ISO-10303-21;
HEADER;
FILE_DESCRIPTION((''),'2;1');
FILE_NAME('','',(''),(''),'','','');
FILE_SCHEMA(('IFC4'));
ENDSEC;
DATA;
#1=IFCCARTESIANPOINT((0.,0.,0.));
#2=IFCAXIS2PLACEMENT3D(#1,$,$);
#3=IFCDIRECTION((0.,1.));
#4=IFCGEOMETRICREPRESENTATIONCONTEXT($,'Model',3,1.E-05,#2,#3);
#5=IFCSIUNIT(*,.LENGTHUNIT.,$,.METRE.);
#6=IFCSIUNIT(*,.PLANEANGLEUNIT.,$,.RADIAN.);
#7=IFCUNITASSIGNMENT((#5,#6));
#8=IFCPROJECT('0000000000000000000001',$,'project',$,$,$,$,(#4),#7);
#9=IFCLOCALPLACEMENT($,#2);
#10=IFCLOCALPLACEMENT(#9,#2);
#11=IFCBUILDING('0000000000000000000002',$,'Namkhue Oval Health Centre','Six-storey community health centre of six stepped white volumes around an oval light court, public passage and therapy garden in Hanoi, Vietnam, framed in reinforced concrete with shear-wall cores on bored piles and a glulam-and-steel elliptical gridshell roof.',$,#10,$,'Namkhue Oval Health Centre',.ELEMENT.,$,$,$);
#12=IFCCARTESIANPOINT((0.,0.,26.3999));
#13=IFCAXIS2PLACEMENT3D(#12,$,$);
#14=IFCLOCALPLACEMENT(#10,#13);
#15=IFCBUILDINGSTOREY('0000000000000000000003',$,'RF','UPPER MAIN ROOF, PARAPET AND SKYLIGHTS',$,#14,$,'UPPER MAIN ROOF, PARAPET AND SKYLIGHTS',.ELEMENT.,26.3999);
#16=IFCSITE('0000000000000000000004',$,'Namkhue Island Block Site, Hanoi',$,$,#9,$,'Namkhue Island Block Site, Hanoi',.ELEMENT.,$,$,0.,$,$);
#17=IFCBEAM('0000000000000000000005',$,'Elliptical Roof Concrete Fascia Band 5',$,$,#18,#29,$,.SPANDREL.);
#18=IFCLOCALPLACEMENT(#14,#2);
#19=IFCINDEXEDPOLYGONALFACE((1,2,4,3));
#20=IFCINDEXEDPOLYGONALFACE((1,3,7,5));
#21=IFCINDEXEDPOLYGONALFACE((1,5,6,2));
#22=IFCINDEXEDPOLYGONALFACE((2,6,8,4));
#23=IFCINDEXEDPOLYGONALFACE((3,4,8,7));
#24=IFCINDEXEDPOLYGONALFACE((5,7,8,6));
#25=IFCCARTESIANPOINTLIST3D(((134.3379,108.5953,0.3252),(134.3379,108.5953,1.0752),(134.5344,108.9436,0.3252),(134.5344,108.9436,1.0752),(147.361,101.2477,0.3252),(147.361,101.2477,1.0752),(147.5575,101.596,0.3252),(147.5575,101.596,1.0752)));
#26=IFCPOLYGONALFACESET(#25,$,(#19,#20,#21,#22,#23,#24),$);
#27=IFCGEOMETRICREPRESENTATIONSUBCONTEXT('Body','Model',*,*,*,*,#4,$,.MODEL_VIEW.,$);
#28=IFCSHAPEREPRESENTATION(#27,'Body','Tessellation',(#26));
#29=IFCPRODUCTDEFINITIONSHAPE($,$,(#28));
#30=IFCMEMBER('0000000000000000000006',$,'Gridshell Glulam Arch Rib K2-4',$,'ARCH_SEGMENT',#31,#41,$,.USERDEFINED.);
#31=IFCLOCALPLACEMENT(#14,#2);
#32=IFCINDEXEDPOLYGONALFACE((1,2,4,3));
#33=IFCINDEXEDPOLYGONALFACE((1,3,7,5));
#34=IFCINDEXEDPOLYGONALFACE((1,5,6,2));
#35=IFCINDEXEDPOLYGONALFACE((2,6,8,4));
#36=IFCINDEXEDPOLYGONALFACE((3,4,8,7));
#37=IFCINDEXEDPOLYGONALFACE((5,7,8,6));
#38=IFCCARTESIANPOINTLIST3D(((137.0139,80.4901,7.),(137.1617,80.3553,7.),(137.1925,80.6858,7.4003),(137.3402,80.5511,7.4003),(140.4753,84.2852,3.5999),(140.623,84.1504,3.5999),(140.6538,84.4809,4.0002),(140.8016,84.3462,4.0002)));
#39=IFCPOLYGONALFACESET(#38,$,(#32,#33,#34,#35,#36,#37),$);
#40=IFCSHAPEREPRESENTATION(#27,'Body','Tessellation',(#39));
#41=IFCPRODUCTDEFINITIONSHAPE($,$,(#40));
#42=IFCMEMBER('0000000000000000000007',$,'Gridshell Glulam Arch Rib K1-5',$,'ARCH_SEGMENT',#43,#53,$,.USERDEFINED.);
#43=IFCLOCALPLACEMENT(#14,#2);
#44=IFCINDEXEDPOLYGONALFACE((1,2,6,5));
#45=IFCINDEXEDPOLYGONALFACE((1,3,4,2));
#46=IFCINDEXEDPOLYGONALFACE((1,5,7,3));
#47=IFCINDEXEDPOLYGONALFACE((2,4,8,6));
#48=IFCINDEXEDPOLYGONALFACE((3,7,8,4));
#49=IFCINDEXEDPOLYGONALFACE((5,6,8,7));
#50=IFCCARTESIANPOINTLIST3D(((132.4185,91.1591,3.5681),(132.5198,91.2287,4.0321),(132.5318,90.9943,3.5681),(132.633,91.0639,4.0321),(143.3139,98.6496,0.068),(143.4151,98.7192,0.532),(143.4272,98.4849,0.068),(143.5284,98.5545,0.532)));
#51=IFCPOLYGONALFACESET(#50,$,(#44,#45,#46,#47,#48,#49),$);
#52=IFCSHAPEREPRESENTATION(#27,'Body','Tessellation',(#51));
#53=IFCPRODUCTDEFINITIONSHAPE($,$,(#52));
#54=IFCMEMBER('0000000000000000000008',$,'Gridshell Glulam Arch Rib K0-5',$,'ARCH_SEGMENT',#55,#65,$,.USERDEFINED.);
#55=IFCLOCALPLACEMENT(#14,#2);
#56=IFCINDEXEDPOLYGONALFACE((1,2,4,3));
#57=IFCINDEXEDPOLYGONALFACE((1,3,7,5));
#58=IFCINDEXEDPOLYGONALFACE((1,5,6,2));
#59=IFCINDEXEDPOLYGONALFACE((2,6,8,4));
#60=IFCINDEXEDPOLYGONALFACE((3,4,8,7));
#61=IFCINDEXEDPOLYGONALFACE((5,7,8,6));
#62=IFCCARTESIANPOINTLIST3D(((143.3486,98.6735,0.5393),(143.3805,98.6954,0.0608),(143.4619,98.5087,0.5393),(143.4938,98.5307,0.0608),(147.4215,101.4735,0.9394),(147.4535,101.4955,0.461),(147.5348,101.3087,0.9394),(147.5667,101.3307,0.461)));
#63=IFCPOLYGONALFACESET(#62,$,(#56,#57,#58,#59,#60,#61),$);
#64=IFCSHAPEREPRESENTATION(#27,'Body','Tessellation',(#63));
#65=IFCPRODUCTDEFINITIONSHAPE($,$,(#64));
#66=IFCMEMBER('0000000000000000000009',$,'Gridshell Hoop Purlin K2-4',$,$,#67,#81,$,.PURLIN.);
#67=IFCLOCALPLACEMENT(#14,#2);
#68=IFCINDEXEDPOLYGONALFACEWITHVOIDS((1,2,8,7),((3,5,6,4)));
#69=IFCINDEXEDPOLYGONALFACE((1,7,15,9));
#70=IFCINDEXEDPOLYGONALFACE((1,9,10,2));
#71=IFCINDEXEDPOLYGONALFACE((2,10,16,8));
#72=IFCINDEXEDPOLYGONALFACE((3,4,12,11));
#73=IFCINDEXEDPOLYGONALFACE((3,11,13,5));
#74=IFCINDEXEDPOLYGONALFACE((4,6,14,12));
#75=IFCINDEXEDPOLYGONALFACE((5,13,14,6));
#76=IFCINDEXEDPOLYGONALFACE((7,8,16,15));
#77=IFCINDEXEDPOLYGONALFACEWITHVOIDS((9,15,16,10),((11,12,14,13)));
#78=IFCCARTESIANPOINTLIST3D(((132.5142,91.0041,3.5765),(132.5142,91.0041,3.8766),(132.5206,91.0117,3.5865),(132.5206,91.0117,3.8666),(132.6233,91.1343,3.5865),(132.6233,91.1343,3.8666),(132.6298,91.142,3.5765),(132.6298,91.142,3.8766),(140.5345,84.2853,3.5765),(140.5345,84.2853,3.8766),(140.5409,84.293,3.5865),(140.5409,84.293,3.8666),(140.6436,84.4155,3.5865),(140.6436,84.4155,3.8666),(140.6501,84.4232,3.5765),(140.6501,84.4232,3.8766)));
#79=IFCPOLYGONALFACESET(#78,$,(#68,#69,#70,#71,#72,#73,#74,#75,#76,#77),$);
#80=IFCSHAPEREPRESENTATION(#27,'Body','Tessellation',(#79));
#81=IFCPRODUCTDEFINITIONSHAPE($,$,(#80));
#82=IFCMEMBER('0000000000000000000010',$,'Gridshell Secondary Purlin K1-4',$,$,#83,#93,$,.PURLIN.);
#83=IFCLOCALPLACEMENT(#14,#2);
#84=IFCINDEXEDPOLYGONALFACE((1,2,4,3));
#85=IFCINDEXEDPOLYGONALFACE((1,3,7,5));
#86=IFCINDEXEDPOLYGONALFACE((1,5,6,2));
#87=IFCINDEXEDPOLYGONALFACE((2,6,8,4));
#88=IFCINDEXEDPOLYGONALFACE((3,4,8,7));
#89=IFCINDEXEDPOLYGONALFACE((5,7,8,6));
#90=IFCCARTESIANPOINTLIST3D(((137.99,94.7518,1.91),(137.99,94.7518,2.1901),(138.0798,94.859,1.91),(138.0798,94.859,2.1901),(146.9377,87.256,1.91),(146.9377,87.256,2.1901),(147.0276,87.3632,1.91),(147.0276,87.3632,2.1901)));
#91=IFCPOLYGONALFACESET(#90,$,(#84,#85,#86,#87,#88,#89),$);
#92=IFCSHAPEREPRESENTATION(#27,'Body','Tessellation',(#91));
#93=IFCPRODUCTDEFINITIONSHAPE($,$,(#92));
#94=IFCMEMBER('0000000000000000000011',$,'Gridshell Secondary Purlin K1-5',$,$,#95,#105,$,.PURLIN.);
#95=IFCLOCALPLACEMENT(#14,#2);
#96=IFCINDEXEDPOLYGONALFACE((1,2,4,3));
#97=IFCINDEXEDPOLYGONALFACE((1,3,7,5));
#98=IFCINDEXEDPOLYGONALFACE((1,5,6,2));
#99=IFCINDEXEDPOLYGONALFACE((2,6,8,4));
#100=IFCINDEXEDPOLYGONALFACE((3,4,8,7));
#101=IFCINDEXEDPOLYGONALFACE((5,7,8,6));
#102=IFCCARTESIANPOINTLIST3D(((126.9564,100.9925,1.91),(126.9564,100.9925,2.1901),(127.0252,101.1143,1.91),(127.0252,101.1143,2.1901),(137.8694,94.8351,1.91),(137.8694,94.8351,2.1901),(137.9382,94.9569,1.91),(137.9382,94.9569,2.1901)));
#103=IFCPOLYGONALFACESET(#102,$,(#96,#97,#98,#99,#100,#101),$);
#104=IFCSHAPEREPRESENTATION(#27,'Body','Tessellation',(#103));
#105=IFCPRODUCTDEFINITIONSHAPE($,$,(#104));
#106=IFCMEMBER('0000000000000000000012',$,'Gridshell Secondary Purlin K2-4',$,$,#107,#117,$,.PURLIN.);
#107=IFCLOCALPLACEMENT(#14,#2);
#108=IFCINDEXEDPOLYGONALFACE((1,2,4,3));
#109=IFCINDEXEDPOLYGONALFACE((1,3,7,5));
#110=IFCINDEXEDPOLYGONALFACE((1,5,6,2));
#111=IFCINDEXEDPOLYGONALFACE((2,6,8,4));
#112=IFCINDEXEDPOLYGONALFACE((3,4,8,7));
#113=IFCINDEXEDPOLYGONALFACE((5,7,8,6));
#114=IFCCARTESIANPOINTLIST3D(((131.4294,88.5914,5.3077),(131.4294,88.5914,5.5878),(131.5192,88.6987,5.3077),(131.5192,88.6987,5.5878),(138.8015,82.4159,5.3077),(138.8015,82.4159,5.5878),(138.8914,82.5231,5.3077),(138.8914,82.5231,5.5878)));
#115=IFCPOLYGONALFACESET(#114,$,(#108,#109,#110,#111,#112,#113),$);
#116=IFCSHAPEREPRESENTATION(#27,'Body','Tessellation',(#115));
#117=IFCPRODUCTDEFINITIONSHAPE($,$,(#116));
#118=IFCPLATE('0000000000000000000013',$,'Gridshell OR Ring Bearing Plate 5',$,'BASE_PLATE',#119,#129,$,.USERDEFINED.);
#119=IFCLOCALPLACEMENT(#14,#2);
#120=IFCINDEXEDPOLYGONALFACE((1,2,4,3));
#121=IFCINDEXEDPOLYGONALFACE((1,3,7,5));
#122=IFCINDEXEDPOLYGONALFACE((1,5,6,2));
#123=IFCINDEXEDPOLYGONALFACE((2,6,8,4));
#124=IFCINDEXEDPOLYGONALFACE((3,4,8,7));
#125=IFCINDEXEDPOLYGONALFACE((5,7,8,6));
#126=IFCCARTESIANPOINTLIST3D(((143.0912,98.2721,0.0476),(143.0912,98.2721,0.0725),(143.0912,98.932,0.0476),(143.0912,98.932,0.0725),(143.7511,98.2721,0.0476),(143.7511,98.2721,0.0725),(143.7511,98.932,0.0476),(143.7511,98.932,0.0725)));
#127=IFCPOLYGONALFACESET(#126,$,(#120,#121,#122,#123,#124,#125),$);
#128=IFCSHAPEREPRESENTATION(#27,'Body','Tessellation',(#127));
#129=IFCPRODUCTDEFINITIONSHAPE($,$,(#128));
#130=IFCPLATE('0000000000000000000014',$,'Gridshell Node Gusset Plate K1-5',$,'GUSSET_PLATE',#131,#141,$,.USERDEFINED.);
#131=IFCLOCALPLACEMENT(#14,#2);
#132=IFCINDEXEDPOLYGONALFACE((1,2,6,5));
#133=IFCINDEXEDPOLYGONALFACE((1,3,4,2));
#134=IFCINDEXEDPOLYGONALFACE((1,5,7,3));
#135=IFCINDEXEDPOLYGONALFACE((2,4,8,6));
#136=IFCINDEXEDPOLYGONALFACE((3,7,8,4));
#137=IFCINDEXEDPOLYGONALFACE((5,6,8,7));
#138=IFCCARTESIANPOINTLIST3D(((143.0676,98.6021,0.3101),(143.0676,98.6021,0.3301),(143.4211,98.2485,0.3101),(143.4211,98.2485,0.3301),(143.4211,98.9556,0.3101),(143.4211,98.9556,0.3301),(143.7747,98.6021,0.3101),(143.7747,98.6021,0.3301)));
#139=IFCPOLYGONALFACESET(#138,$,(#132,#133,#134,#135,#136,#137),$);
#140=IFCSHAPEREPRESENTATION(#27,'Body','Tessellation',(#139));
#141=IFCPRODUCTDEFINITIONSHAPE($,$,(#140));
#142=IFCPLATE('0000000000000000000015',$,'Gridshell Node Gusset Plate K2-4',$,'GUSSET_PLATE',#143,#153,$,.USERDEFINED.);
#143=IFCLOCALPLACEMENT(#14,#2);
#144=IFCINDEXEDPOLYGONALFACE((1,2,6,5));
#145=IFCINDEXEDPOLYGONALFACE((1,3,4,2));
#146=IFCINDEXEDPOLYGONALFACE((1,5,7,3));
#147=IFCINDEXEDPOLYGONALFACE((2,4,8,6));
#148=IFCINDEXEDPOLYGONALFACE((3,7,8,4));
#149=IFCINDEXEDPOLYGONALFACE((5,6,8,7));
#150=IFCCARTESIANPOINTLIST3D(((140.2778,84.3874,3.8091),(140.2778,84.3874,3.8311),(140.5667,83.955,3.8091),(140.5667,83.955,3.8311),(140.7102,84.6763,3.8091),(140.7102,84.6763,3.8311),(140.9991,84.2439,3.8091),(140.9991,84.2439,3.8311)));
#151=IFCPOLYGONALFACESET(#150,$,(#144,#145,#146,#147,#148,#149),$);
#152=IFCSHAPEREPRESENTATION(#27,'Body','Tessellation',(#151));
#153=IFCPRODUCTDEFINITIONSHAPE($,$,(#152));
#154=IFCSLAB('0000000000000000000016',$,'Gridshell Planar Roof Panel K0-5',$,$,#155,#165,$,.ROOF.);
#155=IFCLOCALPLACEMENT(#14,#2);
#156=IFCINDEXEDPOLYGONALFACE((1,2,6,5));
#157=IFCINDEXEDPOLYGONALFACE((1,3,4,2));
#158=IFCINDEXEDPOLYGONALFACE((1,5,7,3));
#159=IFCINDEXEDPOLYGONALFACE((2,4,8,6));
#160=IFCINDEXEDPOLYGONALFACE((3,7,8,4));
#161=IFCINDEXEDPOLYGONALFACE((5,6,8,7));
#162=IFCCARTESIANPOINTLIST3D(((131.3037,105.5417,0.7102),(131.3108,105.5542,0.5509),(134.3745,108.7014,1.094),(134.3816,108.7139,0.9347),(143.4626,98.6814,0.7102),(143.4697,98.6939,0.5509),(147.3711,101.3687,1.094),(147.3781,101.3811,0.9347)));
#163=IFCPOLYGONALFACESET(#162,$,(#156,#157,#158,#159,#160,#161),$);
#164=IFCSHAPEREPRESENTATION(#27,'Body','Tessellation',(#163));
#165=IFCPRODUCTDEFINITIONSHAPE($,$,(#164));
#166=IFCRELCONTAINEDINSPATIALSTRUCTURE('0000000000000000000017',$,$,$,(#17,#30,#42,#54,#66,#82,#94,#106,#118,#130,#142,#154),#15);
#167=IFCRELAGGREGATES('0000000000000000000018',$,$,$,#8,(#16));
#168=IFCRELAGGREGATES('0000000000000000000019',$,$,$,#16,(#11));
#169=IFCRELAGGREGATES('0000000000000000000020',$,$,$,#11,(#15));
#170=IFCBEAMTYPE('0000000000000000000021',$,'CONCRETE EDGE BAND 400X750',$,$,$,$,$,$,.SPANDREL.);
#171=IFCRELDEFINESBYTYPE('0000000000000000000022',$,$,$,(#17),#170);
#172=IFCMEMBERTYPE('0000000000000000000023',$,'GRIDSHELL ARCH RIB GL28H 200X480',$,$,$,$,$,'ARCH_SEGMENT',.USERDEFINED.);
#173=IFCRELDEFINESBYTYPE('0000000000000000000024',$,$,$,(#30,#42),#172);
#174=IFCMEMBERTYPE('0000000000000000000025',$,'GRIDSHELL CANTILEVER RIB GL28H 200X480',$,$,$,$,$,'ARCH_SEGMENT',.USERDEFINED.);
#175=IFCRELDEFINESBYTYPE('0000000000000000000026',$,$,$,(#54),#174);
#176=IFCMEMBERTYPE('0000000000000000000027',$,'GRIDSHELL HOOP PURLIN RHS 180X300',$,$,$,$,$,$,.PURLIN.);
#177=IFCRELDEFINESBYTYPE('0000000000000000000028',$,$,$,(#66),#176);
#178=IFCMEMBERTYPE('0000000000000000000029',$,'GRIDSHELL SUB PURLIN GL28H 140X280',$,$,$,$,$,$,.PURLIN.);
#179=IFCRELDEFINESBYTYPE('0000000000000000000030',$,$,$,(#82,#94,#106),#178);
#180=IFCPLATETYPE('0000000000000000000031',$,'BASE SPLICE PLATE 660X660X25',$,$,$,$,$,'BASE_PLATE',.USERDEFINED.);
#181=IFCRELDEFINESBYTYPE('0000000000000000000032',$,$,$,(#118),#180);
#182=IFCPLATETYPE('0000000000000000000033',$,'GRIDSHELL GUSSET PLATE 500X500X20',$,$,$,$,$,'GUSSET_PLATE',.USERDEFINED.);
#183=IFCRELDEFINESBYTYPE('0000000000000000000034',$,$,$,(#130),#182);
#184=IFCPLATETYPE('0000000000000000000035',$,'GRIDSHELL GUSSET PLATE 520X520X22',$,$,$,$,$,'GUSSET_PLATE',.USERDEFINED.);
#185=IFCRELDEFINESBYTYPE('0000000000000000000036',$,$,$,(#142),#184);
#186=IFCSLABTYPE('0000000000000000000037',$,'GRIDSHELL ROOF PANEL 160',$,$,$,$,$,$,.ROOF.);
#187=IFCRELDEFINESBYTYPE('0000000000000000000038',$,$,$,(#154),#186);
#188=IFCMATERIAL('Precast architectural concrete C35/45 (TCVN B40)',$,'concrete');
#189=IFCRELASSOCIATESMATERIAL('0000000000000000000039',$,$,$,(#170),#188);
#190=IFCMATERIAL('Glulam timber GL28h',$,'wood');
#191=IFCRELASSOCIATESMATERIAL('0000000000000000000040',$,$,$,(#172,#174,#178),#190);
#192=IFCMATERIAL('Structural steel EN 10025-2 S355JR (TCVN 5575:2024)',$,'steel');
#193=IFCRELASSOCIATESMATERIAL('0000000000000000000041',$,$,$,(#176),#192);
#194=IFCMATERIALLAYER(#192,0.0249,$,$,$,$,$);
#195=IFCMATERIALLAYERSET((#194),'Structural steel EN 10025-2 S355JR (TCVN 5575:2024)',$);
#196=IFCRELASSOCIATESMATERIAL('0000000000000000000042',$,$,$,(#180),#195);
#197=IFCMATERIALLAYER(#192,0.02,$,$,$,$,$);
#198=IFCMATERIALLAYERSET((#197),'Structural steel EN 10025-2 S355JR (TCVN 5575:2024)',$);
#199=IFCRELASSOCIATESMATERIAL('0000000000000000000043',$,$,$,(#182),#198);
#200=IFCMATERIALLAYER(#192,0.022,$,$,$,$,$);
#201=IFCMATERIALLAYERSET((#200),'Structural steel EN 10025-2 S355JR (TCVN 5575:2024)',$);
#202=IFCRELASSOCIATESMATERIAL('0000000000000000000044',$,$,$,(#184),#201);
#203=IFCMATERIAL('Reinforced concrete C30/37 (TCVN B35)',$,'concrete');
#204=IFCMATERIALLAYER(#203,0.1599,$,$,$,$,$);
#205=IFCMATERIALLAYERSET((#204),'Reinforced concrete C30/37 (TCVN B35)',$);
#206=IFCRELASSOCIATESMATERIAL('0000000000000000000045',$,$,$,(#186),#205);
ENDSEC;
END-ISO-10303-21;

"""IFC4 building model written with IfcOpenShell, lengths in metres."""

from ifc_helpers import new_model, si_unit, direction, frame, origin, origin_2d, place, context, subcontext, project, spatial, polyline, rectangle, hollow_rectangle, outline, extrude, material, layer, layer_set, material_profile, profile_set, type_object, element, save


model = new_model("IFC4")

# Units and contexts
model_context = context("Model", 3, precision=1e-05, world=origin(), true_north=direction((0.0, 1.0)))
body_context = subcontext(model_context, "Body", "Model", "MODEL_VIEW")
ifc_project = project(units=[si_unit("LENGTHUNIT", "METRE"), si_unit("PLANEANGLEUNIT", "RADIAN")], contexts=[model_context])

# Site, building, storey
site_placement = place(None, origin())
site = spatial("IfcSite", under=ifc_project, at=site_placement, Name="Namkhue Island Block Site, Hanoi", LongName="Namkhue Island Block Site, Hanoi", CompositionType="ELEMENT", RefElevation=0.0)
building_placement = place(site_placement, origin())
building = spatial("IfcBuilding", under=site, at=building_placement, Name="Namkhue Oval Health Centre", Description="Six-storey community health centre of six stepped white volumes around an oval light court, public passage and therapy garden in Hanoi, Vietnam, framed in reinforced concrete with shear-wall cores on bored piles and a glulam-and-steel elliptical gridshell roof.", LongName="Namkhue Oval Health Centre", CompositionType="ELEMENT")
storey_placement = place(building_placement, frame((0.0, 0.0, 26.3999)))
storey = spatial("IfcBuildingStorey", under=building, at=storey_placement, Name="RF", Description="UPPER MAIN ROOF, PARAPET AND SKYLIGHTS", LongName="UPPER MAIN ROOF, PARAPET AND SKYLIGHTS", CompositionType="ELEMENT", Elevation=26.3999)

# Beam
ifc_material_1 = material(Name="Precast architectural concrete C35/45 (TCVN B40)", Category="concrete")
ifc_material_profile_1 = material_profile(ifc_material_1, rectangle(XDim=0.3999, YDim=0.75, at=origin_2d()), Name="RC 400x750")
ifc_profile_set_1 = profile_set([ifc_material_profile_1], Name="Precast architectural concrete C35/45 (TCVN B40)")
beam_type = type_object("IfcBeamType", Name="CONCRETE EDGE BAND 400X750", PredefinedType="SPANDREL", material=ifc_profile_set_1)
beam_placement = place(storey_placement, frame((147.4592, 101.4219, 0.7002), z_axis=(-0.870943, 0.491384, 0.0), x_axis=(-0.491384, -0.870943, 0.0)))
element("IfcBeam", 1, at=beam_placement, inside=storey, type_object=beam_type, Name="Elliptical Roof Concrete Fascia Band 5", PredefinedType="SPANDREL", context=body_context, shape_type="SweptSolid", body=[
    extrude(rectangle(XDim=0.3999, YDim=0.75, at=origin_2d()), origin(), (0.0, 0.0, 1.0), 14.9529),
])

# Members
ifc_material_2 = material(Name="Glulam timber GL28h", Category="wood")
ifc_material_profile_2 = material_profile(ifc_material_2, rectangle(XDim=0.2, YDim=0.48, at=origin_2d()), Name="GL28h 200x480")
ifc_profile_set_2 = profile_set([ifc_material_profile_2], Name="Glulam timber GL28h")
member_type_1 = type_object("IfcMemberType", Name="GRIDSHELL ARCH RIB GL28H 200X480", ElementType="ARCH_SEGMENT", PredefinedType="USERDEFINED", material=ifc_profile_set_2)
member_1_placement = place(storey_placement, frame((140.6384, 84.3157, 3.8), z_axis=(-0.561919, -0.616097, 0.551971), x_axis=(0.738847, -0.673874, 0.0)))
element("IfcMember", 2, at=member_1_placement, inside=storey, type_object=member_type_1, Name="Gridshell Glulam Arch Rib K2-4", ObjectType="ARCH_SEGMENT", PredefinedType="USERDEFINED", context=body_context, shape_type="SweptSolid", body=[
    extrude(rectangle(XDim=0.2, YDim=0.48, at=origin_2d()), origin(), (0.0, 0.0, 1.0), 6.1599),
])
member_2_placement = place(storey_placement, frame((143.4211, 98.6021, 0.3), z_axis=(-0.796604, -0.547664, 0.255902), x_axis=(0.566528, -0.824042, 0.0)))
element("IfcMember", 3, at=member_2_placement, inside=storey, type_object=member_type_1, Name="Gridshell Glulam Arch Rib K1-5", ObjectType="ARCH_SEGMENT", PredefinedType="USERDEFINED", context=body_context, shape_type="SweptSolid", body=[
    extrude(rectangle(XDim=0.2, YDim=0.48, at=origin_2d()), origin(), (0.0, 0.0, 1.0), 13.6772),
])
ifc_material_profile_3 = material_profile(ifc_material_2, rectangle(XDim=0.2, YDim=0.48, at=origin_2d()), Name="GL28h 200x480")
ifc_profile_set_3 = profile_set([ifc_material_profile_3], Name="Glulam timber GL28h")
member_type_2 = type_object("IfcMemberType", Name="GRIDSHELL CANTILEVER RIB GL28H 200X480", ElementType="ARCH_SEGMENT", PredefinedType="USERDEFINED", material=ifc_profile_set_3)
member_3_placement = place(storey_placement, frame((147.4941, 101.4021, 0.7002), z_axis=(-0.821368, -0.564663, -0.080694), x_axis=(0.56651, -0.824055, 0.0)))
element("IfcMember", 4, at=member_3_placement, inside=storey, type_object=member_type_2, Name="Gridshell Glulam Arch Rib K0-5", ObjectType="ARCH_SEGMENT", PredefinedType="USERDEFINED", context=body_context, shape_type="SweptSolid", body=[
    extrude(rectangle(XDim=0.2, YDim=0.48, at=origin_2d()), origin(), (0.0, 0.0, 1.0), 4.9587),
])
ifc_material_3 = material(Name="Structural steel EN 10025-2 S355JR (TCVN 5575:2024)", Category="steel")
ifc_material_profile_4 = material_profile(ifc_material_3, hollow_rectangle(XDim=0.1799, YDim=0.3, WallThickness=0.01, at=origin_2d()), Name="RHS 180x300x10")
ifc_profile_set_4 = profile_set([ifc_material_profile_4], Name="Structural steel EN 10025-2 S355JR (TCVN 5575:2024)")
member_type_3 = type_object("IfcMemberType", Name="GRIDSHELL HOOP PURLIN RHS 180X300", PredefinedType="PURLIN", material=ifc_profile_set_4)
member_4_placement = place(storey_placement, frame((140.5923, 84.3542, 3.7266), z_axis=(-0.766564, 0.642168, 0.0), x_axis=(-0.642168, -0.766564, 0.0)))
element("IfcMember", 5, at=member_4_placement, inside=storey, type_object=member_type_3, Name="Gridshell Hoop Purlin K2-4", PredefinedType="PURLIN", context=body_context, shape_type="SweptSolid", body=[
    extrude(hollow_rectangle(XDim=0.1799, YDim=0.3, WallThickness=0.01, at=origin_2d()), origin(), (0.0, 0.0, 1.0), 10.4626),
])
ifc_material_profile_5 = material_profile(ifc_material_2, rectangle(XDim=0.1399, YDim=0.28, at=origin_2d()), Name="GL28h 140x280")
ifc_profile_set_5 = profile_set([ifc_material_profile_5], Name="Glulam timber GL28h")
member_type_4 = type_object("IfcMemberType", Name="GRIDSHELL SUB PURLIN GL28H 140X280", PredefinedType="PURLIN", material=ifc_profile_set_5)
member_5_placement = place(storey_placement, frame((146.9827, 87.3096, 2.05), z_axis=(-0.766559, 0.642174, 0.0), x_axis=(-0.642174, -0.766559, 0.0)))
element("IfcMember", 6, at=member_5_placement, inside=storey, type_object=member_type_4, Name="Gridshell Secondary Purlin K1-4", PredefinedType="PURLIN", context=body_context, shape_type="SweptSolid", body=[
    extrude(rectangle(XDim=0.1399, YDim=0.28, at=origin_2d()), origin(), (0.0, 0.0, 1.0), 11.6726),
])
member_6_placement = place(storey_placement, frame((137.9038, 94.896, 2.05), z_axis=(-0.870932, 0.491404, 0.0), x_axis=(-0.491404, -0.870932, 0.0)))
element("IfcMember", 7, at=member_6_placement, inside=storey, type_object=member_type_4, Name="Gridshell Secondary Purlin K1-5", PredefinedType="PURLIN", context=body_context, shape_type="SweptSolid", body=[
    extrude(rectangle(XDim=0.1399, YDim=0.28, at=origin_2d()), origin(), (0.0, 0.0, 1.0), 12.5303),
])
member_7_placement = place(storey_placement, frame((138.8464, 82.4695, 5.4478), z_axis=(-0.766575, 0.642155, 0.0), x_axis=(-0.642155, -0.766575, 0.0)))
element("IfcMember", 8, at=member_7_placement, inside=storey, type_object=member_type_4, Name="Gridshell Secondary Purlin K2-4", PredefinedType="PURLIN", context=body_context, shape_type="SweptSolid", body=[
    extrude(rectangle(XDim=0.1399, YDim=0.28, at=origin_2d()), origin(), (0.0, 0.0, 1.0), 9.6169),
])

# Plates
ifc_layer_1 = layer(ifc_material_3, 0.0249)
ifc_layer_set_1 = layer_set([ifc_layer_1], Name="Structural steel EN 10025-2 S355JR (TCVN 5575:2024)")
plate_type_1 = type_object("IfcPlateType", Name="BASE SPLICE PLATE 660X660X25", ElementType="BASE_PLATE", PredefinedType="USERDEFINED", material=ifc_layer_set_1)
plate_1_placement = place(storey_placement, frame((143.4211, 98.6021, 0.0476), z_axis=(0.0, 0.0, 1.0), x_axis=(1.0, 0.0, 0.0)))
element("IfcPlate", 9, at=plate_1_placement, inside=storey, type_object=plate_type_1, Name="Gridshell OR Ring Bearing Plate 5", ObjectType="BASE_PLATE", PredefinedType="USERDEFINED", context=body_context, shape_type="SweptSolid", body=[
    extrude(rectangle(XDim=0.6599, YDim=0.6599, at=origin_2d()), origin(), (0.0, 0.0, 1.0), 0.0249),
])
ifc_layer_2 = layer(ifc_material_3, 0.02)
ifc_layer_set_2 = layer_set([ifc_layer_2], Name="Structural steel EN 10025-2 S355JR (TCVN 5575:2024)")
plate_type_2 = type_object("IfcPlateType", Name="GRIDSHELL GUSSET PLATE 500X500X20", ElementType="GUSSET_PLATE", PredefinedType="USERDEFINED", material=ifc_layer_set_2)
plate_2_placement = place(storey_placement, frame((143.4211, 98.6021, 0.3101), z_axis=(0.0, 0.0, 1.0), x_axis=(0.707107, 0.707107, 0.0)))
element("IfcPlate", 10, at=plate_2_placement, inside=storey, type_object=plate_type_2, Name="Gridshell Node Gusset Plate K1-5", ObjectType="GUSSET_PLATE", PredefinedType="USERDEFINED", context=body_context, shape_type="SweptSolid", body=[
    extrude(rectangle(XDim=0.5, YDim=0.5, at=origin_2d()), origin(), (0.0, 0.0, 1.0), 0.02),
])
ifc_layer_3 = layer(ifc_material_3, 0.022)
ifc_layer_set_3 = layer_set([ifc_layer_3], Name="Structural steel EN 10025-2 S355JR (TCVN 5575:2024)")
plate_type_3 = type_object("IfcPlateType", Name="GRIDSHELL GUSSET PLATE 520X520X22", ElementType="GUSSET_PLATE", PredefinedType="USERDEFINED", material=ifc_layer_set_3)
plate_3_placement = place(storey_placement, frame((140.6384, 84.3157, 3.8091), z_axis=(0.0, 0.0, 1.0), x_axis=(0.83147, 0.55557, 0.0)))
element("IfcPlate", 11, at=plate_3_placement, inside=storey, type_object=plate_type_3, Name="Gridshell Node Gusset Plate K2-4", ObjectType="GUSSET_PLATE", PredefinedType="USERDEFINED", context=body_context, shape_type="SweptSolid", body=[
    extrude(rectangle(XDim=0.52, YDim=0.52, at=origin_2d()), origin(), (0.0, 0.0, 1.0), 0.022),
])

# Slab
ifc_material_4 = material(Name="Reinforced concrete C30/37 (TCVN B35)", Category="concrete")
ifc_layer_4 = layer(ifc_material_4, 0.1599)
ifc_layer_set_4 = layer_set([ifc_layer_4], Name="Reinforced concrete C30/37 (TCVN B35)")
slab_type_1 = type_object("IfcSlabType", Name="GRIDSHELL ROOF PANEL 160", PredefinedType="ROOF", material=ifc_layer_set_4)
slab_1_placement = place(storey_placement, frame((147.3711, 101.3687, 1.094), z_axis=(-0.044082, -0.07813, 0.995968), x_axis=(-0.870939, 0.49139, -0.000001)))
element("IfcSlab", 12, at=slab_1_placement, inside=storey, type_object=slab_type_1, Name="Gridshell Planar Roof Panel K0-5", PredefinedType="ROOF", context=body_context, shape_type="SweptSolid", body=[
    extrude(outline(polyline([(0.0, 0.0), (14.9225, 0.0), (16.0443, 4.2781), (2.0835, 4.2783), (0.0, 0.0)])), origin(), (0.0, 0.0, -1.0), 0.1599),
])

save(model, "model.ifc")
